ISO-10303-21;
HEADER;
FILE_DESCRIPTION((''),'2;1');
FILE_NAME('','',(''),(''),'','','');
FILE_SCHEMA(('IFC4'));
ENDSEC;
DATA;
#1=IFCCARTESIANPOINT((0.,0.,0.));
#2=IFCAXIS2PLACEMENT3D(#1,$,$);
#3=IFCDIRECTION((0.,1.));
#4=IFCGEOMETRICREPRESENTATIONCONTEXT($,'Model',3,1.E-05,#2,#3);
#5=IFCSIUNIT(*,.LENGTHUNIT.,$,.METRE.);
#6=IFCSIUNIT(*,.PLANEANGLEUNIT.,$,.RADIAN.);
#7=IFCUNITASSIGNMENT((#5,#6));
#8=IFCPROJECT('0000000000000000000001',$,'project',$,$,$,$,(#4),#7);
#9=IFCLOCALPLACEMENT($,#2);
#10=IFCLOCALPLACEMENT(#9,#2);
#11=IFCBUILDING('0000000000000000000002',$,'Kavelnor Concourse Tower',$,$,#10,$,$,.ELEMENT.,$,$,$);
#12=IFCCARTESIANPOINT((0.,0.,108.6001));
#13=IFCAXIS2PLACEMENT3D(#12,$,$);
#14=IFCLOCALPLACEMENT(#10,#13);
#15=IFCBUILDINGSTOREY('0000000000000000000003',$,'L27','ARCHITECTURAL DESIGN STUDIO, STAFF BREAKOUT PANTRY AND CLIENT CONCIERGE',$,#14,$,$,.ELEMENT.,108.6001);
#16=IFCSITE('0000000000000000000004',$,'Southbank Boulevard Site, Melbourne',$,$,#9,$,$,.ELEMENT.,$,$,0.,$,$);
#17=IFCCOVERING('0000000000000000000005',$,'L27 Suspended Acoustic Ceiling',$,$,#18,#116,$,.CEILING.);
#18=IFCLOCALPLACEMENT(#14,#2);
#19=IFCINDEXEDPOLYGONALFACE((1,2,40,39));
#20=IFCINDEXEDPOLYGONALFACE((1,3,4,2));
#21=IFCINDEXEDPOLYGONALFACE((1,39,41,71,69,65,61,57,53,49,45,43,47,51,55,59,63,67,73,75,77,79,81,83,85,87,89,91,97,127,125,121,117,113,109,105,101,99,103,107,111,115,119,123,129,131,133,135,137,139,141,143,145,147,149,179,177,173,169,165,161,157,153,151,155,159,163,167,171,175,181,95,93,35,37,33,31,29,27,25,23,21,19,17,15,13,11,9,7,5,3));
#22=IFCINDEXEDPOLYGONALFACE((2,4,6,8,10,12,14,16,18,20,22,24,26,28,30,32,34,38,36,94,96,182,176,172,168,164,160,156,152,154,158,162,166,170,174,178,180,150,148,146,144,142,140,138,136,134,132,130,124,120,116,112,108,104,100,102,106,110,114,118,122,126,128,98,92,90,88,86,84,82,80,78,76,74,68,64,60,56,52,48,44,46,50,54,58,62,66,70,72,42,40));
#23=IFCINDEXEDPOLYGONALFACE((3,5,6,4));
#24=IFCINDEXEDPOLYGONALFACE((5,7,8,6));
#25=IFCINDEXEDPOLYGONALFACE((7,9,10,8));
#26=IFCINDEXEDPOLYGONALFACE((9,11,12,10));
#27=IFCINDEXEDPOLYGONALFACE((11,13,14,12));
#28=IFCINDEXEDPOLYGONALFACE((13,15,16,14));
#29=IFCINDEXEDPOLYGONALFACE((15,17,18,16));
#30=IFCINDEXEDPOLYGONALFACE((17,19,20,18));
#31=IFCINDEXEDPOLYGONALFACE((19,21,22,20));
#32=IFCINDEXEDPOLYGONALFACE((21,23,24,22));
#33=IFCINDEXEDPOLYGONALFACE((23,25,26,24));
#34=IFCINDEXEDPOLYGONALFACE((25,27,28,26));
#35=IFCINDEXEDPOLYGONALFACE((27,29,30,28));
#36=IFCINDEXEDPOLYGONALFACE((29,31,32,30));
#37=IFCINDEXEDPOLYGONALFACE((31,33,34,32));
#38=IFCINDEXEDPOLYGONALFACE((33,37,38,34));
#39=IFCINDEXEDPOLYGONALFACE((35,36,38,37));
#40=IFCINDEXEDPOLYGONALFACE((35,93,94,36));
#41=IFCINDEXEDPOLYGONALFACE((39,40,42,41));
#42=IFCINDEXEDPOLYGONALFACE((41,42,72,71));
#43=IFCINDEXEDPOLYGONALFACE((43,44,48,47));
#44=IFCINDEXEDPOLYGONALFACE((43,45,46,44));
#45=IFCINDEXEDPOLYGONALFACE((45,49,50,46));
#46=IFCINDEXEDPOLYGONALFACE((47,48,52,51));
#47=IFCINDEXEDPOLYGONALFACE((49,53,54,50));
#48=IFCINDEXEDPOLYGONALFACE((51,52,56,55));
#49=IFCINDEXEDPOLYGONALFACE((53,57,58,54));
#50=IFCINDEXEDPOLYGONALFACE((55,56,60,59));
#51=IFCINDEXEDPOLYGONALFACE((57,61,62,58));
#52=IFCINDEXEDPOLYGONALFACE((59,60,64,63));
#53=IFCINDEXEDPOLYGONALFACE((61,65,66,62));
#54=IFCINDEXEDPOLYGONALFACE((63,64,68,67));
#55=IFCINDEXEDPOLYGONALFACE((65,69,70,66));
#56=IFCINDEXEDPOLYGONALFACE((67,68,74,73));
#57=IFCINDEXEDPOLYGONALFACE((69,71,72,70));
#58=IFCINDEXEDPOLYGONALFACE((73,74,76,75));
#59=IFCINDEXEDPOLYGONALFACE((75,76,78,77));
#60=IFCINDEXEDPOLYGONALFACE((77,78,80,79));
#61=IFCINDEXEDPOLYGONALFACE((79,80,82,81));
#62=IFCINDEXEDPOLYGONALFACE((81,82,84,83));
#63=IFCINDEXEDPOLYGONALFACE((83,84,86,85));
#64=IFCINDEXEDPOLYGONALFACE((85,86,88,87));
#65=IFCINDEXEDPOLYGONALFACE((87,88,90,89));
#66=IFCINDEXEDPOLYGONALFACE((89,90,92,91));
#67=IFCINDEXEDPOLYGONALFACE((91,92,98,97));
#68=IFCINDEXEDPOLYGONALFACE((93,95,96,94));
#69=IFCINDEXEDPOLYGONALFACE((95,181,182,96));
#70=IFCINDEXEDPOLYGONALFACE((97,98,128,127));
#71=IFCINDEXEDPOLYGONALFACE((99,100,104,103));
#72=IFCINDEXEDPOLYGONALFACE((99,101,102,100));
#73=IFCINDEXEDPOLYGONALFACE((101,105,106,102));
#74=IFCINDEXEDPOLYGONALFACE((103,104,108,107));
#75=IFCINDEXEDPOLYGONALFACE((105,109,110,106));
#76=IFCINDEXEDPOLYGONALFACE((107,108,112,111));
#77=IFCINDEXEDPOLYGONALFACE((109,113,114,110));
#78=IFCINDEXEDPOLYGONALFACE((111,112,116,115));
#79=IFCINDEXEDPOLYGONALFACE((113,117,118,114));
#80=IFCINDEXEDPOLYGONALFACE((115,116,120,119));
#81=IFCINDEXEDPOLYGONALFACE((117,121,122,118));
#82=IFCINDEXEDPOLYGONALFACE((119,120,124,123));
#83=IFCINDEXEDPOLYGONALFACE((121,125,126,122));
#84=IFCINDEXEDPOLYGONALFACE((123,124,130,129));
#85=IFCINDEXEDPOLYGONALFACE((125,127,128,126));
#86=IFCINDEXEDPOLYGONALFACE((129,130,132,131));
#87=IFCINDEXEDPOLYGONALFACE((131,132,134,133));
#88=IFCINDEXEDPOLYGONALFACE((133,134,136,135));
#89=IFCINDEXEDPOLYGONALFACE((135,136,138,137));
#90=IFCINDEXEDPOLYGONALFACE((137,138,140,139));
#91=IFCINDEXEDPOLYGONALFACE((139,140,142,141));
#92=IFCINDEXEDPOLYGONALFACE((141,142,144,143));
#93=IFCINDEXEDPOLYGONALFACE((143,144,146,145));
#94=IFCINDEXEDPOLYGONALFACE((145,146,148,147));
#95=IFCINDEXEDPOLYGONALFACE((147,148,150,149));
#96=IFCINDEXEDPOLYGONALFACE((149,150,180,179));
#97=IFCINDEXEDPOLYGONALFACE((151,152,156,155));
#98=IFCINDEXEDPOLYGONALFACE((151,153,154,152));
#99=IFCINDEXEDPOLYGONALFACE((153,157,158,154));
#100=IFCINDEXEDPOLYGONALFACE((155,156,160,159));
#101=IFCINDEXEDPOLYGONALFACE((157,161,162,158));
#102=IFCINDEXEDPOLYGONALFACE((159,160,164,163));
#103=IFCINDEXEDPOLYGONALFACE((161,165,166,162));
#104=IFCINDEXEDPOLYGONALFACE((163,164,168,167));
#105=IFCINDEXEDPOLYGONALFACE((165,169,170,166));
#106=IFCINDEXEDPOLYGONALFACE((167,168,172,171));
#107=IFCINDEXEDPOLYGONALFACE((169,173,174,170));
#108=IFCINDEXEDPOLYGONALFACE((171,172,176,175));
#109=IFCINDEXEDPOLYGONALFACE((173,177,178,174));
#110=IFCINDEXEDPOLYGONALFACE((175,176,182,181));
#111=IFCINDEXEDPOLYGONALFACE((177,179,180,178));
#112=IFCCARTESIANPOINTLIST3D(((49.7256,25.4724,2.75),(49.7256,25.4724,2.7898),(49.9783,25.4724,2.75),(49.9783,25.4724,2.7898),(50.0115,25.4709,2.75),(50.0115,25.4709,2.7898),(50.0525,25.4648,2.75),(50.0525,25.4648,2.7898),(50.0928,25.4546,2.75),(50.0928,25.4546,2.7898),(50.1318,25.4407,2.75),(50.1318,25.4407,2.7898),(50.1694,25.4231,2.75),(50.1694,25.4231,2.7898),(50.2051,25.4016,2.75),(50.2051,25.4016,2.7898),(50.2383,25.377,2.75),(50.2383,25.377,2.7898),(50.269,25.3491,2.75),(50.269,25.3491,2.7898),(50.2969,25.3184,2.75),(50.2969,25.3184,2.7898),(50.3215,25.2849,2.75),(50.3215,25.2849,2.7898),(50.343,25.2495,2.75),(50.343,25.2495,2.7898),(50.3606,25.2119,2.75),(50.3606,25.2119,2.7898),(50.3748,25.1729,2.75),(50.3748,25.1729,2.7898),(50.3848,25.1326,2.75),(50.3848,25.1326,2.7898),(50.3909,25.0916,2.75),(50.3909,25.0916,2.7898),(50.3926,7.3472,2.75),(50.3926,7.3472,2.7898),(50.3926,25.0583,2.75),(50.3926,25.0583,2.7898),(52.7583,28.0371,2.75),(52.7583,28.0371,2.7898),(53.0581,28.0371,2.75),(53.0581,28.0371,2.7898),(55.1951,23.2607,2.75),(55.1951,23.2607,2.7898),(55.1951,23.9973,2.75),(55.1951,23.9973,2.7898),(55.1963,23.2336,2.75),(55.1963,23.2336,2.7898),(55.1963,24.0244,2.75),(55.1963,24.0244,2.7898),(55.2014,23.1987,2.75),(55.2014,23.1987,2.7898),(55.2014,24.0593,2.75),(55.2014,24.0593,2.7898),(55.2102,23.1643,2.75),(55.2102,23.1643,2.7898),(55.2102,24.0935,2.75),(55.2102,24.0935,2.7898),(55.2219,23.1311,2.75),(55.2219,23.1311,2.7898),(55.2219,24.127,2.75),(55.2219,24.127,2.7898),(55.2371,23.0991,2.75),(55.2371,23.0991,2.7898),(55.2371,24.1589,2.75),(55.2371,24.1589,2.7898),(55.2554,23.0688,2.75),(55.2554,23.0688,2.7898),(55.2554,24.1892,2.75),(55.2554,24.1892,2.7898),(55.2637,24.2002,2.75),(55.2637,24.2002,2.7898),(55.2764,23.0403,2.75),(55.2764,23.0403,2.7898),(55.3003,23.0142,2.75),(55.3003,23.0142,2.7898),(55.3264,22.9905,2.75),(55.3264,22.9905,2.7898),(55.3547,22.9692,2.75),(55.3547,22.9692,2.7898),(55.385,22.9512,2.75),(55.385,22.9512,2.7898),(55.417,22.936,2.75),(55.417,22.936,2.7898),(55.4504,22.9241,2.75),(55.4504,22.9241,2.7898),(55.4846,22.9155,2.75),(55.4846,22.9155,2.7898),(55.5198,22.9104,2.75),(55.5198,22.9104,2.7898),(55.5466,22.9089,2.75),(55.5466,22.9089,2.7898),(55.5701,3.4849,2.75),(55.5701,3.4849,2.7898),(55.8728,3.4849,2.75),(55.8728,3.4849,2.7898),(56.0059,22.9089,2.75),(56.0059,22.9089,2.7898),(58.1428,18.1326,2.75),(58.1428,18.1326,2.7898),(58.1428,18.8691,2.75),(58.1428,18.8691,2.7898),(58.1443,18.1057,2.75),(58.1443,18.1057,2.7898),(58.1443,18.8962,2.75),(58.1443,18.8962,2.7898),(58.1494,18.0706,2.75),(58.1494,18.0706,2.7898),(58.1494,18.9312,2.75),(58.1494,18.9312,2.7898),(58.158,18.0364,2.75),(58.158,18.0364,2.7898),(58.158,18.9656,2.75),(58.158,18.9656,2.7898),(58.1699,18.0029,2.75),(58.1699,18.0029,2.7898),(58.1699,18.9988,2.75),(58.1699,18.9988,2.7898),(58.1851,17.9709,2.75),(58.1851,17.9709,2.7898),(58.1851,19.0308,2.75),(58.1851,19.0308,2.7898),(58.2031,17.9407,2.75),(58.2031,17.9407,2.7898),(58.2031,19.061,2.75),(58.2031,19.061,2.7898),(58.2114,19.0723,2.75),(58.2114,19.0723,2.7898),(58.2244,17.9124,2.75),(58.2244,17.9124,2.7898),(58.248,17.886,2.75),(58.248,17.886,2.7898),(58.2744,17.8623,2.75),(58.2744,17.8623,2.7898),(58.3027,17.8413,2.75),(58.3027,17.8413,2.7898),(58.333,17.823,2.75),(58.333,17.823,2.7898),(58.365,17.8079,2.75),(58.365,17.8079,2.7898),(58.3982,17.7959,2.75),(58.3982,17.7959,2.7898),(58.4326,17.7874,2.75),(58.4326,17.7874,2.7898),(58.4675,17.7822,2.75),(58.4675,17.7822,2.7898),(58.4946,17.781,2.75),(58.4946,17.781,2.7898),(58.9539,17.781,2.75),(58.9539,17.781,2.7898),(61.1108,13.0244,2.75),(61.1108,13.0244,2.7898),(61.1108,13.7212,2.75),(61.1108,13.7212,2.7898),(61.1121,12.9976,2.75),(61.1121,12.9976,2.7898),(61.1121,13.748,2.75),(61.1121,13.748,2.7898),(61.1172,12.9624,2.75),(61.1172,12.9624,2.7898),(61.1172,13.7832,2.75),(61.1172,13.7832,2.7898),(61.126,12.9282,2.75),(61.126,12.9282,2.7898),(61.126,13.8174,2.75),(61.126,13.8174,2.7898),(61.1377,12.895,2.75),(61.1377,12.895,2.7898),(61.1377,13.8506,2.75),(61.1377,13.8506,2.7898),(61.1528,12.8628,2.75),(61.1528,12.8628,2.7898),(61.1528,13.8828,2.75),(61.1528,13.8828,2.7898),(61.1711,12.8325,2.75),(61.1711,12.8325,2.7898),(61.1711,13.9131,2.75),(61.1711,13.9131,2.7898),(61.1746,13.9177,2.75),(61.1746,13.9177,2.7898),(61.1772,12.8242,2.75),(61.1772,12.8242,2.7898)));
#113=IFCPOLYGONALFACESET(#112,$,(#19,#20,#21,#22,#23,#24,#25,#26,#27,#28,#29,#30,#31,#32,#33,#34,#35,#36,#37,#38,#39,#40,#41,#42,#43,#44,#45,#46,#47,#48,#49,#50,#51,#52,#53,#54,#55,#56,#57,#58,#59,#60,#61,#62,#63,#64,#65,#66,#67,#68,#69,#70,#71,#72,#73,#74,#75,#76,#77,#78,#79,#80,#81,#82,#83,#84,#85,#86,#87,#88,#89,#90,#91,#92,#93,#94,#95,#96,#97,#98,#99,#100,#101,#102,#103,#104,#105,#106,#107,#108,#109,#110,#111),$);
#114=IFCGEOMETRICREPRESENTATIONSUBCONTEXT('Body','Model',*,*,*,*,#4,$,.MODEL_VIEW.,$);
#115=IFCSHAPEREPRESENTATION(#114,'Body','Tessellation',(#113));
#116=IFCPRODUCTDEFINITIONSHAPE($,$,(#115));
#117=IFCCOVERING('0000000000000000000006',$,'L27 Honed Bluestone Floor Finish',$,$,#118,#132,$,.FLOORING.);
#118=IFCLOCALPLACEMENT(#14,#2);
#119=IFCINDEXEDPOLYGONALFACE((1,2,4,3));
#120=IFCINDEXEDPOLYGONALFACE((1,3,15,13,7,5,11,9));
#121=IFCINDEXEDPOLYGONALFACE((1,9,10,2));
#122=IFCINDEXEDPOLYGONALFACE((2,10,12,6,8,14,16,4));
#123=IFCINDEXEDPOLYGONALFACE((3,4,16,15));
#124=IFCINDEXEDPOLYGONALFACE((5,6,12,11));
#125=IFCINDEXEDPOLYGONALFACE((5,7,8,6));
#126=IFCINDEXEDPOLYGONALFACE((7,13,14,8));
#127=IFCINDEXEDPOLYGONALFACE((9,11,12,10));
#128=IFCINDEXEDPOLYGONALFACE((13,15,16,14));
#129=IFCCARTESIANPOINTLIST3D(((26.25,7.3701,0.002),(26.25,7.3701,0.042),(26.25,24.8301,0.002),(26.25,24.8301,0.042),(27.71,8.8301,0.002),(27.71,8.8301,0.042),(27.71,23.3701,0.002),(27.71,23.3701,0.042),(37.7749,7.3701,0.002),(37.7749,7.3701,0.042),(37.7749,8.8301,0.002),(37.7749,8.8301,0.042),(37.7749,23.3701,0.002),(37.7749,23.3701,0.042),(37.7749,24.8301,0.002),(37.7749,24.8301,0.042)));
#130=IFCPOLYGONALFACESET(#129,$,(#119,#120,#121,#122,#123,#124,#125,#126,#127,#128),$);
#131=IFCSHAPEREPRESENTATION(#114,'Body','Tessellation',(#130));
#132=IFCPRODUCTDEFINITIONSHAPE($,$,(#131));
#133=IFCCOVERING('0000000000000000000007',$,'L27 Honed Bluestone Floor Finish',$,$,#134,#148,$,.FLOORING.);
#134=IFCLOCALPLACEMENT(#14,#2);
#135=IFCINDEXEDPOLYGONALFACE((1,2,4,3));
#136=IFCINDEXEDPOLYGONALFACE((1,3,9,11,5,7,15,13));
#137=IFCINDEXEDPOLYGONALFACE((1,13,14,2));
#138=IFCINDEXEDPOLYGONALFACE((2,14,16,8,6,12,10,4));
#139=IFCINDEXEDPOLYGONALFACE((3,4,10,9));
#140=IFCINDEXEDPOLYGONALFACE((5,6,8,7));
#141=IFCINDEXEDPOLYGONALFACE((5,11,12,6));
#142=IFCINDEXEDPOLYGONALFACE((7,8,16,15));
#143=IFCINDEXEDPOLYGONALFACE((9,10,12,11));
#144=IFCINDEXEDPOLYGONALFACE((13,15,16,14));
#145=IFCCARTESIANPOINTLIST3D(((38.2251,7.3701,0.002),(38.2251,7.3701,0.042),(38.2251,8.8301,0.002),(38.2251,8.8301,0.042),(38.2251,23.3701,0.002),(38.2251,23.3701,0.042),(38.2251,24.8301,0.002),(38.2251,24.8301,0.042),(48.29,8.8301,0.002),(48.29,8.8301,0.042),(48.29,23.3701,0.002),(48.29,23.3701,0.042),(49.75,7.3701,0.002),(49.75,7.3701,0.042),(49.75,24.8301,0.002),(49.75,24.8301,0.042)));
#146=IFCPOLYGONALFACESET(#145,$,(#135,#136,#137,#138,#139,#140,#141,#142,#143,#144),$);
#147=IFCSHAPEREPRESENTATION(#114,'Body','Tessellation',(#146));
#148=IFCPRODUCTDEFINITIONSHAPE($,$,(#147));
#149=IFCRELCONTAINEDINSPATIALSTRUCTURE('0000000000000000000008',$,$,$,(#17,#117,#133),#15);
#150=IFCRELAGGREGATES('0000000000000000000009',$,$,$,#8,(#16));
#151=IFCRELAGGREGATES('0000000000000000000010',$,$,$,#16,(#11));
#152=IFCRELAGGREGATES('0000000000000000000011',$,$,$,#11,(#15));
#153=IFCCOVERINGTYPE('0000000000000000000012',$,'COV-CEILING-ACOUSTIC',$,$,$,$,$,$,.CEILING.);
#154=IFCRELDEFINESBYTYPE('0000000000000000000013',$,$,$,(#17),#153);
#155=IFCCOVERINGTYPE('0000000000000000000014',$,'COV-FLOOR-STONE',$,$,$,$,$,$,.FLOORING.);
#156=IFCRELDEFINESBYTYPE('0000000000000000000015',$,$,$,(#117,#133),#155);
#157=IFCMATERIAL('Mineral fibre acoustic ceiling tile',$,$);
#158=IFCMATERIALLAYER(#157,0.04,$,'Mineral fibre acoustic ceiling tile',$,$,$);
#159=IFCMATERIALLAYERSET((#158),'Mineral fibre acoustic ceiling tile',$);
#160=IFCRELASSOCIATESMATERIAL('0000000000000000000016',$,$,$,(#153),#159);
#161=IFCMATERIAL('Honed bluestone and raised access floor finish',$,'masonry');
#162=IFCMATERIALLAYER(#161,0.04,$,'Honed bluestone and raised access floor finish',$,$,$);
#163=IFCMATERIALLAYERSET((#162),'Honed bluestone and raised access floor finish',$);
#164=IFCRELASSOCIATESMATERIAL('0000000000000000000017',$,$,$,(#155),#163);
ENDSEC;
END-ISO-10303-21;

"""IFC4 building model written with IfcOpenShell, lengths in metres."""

from ifc_helpers import new_model, si_unit, direction, frame, origin, place, context, subcontext, project, spatial, polyline, outline, extrude, material, layer, layer_set, type_object, element, save


model = new_model("IFC4")

# Units and contexts
model_context = context("Model", 3, precision=1e-05, world=origin(), true_north=direction((0.0, 1.0)))
body_context = subcontext(model_context, "Body", "Model", "MODEL_VIEW")
ifc_project = project(units=[si_unit("LENGTHUNIT", "METRE"), si_unit("PLANEANGLEUNIT", "RADIAN")], contexts=[model_context])

# Site, building, storey
site_placement = place(None, origin())
site = spatial("IfcSite", under=ifc_project, at=site_placement, Name="Southbank Boulevard Site, Melbourne", CompositionType="ELEMENT", RefElevation=0.0)
building_placement = place(site_placement, origin())
building = spatial("IfcBuilding", under=site, at=building_placement, Name="Kavelnor Concourse Tower", CompositionType="ELEMENT")
storey_placement = place(building_placement, frame((0.0, 0.0, 108.6001)))
storey = spatial("IfcBuildingStorey", under=building, at=storey_placement, Name="L27", Description="ARCHITECTURAL DESIGN STUDIO, STAFF BREAKOUT PANTRY AND CLIENT CONCIERGE", CompositionType="ELEMENT", Elevation=108.6001)

# Coverings
ifc_material_1 = material(Name="Mineral fibre acoustic ceiling tile")
ifc_layer_1 = layer(ifc_material_1, 0.04, Name="Mineral fibre acoustic ceiling tile")
ifc_layer_set_1 = layer_set([ifc_layer_1], Name="Mineral fibre acoustic ceiling tile")
covering_type_1 = type_object("IfcCoveringType", Name="COV-CEILING-ACOUSTIC", PredefinedType="CEILING", material=ifc_layer_set_1)
covering_1_placement = place(storey_placement, frame((0.0, 0.0, 2.75)))
element("IfcCovering", 1, at=covering_1_placement, inside=storey, type_object=covering_type_1, Name="L27 Suspended Acoustic Ceiling", PredefinedType="CEILING", context=body_context, shape_type="SweptSolid", body=[
    extrude(outline(polyline([(50.3926, 25.0583), (50.3909, 25.0916), (50.3848, 25.1326), (50.3748, 25.1729), (50.3606, 25.2119), (50.343, 25.2495), (50.3215, 25.2849), (50.2969, 25.3184), (50.269, 25.3491), (50.2383, 25.377), (50.2051, 25.4016), (50.1694, 25.4231), (50.1318, 25.4407), (50.0928, 25.4546), (50.0525, 25.4648), (50.0115, 25.4709), (49.9783, 25.4724), (49.7256, 25.4724), (52.7583, 28.0371), (53.0581, 28.0371), (55.2637, 24.2002), (55.2554, 24.1892), (55.2371, 24.1589), (55.2219, 24.127), (55.2102, 24.0935), (55.2014, 24.0593), (55.1963, 24.0244), (55.1951, 23.9973), (55.1951, 23.2607), (55.1963, 23.2336), (55.2014, 23.1987), (55.2102, 23.1643), (55.2219, 23.1311), (55.2371, 23.0991), (55.2554, 23.0688), (55.2764, 23.0403), (55.3003, 23.0142), (55.3264, 22.9905), (55.3547, 22.9692), (55.385, 22.9512), (55.417, 22.936), (55.4504, 22.9241), (55.4846, 22.9155), (55.5198, 22.9104), (55.5466, 22.9089), (56.0059, 22.9089), (58.2114, 19.0723), (58.2031, 19.061), (58.1851, 19.0308), (58.1699, 18.9988), (58.158, 18.9656), (58.1494, 18.9312), (58.1443, 18.8962), (58.1428, 18.8691), (58.1428, 18.1326), (58.1443, 18.1057), (58.1494, 18.0706), (58.158, 18.0364), (58.1699, 18.0029), (58.1851, 17.9709), (58.2031, 17.9407), (58.2244, 17.9124), (58.248, 17.886), (58.2744, 17.8623), (58.3027, 17.8413), (58.333, 17.823), (58.365, 17.8079), (58.3982, 17.7959), (58.4326, 17.7874), (58.4675, 17.7822), (58.4946, 17.781), (58.9539, 17.781), (61.1746, 13.9177), (61.1711, 13.9131), (61.1528, 13.8828), (61.1377, 13.8506), (61.126, 13.8174), (61.1172, 13.7832), (61.1121, 13.748), (61.1108, 13.7212), (61.1108, 13.0244), (61.1121, 12.9976), (61.1172, 12.9624), (61.126, 12.9282), (61.1377, 12.895), (61.1528, 12.8628), (61.1711, 12.8325), (61.1772, 12.8242), (55.8728, 3.4849), (55.5701, 3.4849), (50.3926, 7.3472), (50.3926, 25.0583)])), origin(), (0.0, 0.0, 1.0), 0.0398),
])
ifc_material_2 = material(Name="Honed bluestone and raised access floor finish", Category="masonry")
ifc_layer_2 = layer(ifc_material_2, 0.04, Name="Honed bluestone and raised access floor finish")
ifc_layer_set_2 = layer_set([ifc_layer_2], Name="Honed bluestone and raised access floor finish")
covering_type_2 = type_object("IfcCoveringType", Name="COV-FLOOR-STONE", PredefinedType="FLOORING", material=ifc_layer_set_2)
covering_2_placement = place(storey_placement, frame((0.0, 0.0, 0.002)))
element("IfcCovering", 2, at=covering_2_placement, inside=storey, type_object=covering_type_2, Name="L27 Honed Bluestone Floor Finish", PredefinedType="FLOORING", context=body_context, shape_type="SweptSolid", body=[
    extrude(outline(polyline([(26.25, 7.3701), (26.25, 24.8301), (37.7749, 24.8301), (37.7749, 23.3701), (27.71, 23.3701), (27.71, 8.8301), (37.7749, 8.8301), (37.7749, 7.3701), (26.25, 7.3701)])), origin(), (0.0, 0.0, 1.0), 0.04),
])
covering_3_placement = place(storey_placement, frame((0.0, 0.0, 0.002)))
element("IfcCovering", 3, at=covering_3_placement, inside=storey, type_object=covering_type_2, Name="L27 Honed Bluestone Floor Finish", PredefinedType="FLOORING", context=body_context, shape_type="SweptSolid", body=[
    extrude(outline(polyline([(49.75, 7.3701), (38.2251, 7.3701), (38.2251, 8.8301), (48.29, 8.8301), (48.29, 23.3701), (38.2251, 23.3701), (38.2251, 24.8301), (49.75, 24.8301), (49.75, 7.3701)])), origin(), (0.0, 0.0, 1.0), 0.04),
])

save(model, "model.ifc")
